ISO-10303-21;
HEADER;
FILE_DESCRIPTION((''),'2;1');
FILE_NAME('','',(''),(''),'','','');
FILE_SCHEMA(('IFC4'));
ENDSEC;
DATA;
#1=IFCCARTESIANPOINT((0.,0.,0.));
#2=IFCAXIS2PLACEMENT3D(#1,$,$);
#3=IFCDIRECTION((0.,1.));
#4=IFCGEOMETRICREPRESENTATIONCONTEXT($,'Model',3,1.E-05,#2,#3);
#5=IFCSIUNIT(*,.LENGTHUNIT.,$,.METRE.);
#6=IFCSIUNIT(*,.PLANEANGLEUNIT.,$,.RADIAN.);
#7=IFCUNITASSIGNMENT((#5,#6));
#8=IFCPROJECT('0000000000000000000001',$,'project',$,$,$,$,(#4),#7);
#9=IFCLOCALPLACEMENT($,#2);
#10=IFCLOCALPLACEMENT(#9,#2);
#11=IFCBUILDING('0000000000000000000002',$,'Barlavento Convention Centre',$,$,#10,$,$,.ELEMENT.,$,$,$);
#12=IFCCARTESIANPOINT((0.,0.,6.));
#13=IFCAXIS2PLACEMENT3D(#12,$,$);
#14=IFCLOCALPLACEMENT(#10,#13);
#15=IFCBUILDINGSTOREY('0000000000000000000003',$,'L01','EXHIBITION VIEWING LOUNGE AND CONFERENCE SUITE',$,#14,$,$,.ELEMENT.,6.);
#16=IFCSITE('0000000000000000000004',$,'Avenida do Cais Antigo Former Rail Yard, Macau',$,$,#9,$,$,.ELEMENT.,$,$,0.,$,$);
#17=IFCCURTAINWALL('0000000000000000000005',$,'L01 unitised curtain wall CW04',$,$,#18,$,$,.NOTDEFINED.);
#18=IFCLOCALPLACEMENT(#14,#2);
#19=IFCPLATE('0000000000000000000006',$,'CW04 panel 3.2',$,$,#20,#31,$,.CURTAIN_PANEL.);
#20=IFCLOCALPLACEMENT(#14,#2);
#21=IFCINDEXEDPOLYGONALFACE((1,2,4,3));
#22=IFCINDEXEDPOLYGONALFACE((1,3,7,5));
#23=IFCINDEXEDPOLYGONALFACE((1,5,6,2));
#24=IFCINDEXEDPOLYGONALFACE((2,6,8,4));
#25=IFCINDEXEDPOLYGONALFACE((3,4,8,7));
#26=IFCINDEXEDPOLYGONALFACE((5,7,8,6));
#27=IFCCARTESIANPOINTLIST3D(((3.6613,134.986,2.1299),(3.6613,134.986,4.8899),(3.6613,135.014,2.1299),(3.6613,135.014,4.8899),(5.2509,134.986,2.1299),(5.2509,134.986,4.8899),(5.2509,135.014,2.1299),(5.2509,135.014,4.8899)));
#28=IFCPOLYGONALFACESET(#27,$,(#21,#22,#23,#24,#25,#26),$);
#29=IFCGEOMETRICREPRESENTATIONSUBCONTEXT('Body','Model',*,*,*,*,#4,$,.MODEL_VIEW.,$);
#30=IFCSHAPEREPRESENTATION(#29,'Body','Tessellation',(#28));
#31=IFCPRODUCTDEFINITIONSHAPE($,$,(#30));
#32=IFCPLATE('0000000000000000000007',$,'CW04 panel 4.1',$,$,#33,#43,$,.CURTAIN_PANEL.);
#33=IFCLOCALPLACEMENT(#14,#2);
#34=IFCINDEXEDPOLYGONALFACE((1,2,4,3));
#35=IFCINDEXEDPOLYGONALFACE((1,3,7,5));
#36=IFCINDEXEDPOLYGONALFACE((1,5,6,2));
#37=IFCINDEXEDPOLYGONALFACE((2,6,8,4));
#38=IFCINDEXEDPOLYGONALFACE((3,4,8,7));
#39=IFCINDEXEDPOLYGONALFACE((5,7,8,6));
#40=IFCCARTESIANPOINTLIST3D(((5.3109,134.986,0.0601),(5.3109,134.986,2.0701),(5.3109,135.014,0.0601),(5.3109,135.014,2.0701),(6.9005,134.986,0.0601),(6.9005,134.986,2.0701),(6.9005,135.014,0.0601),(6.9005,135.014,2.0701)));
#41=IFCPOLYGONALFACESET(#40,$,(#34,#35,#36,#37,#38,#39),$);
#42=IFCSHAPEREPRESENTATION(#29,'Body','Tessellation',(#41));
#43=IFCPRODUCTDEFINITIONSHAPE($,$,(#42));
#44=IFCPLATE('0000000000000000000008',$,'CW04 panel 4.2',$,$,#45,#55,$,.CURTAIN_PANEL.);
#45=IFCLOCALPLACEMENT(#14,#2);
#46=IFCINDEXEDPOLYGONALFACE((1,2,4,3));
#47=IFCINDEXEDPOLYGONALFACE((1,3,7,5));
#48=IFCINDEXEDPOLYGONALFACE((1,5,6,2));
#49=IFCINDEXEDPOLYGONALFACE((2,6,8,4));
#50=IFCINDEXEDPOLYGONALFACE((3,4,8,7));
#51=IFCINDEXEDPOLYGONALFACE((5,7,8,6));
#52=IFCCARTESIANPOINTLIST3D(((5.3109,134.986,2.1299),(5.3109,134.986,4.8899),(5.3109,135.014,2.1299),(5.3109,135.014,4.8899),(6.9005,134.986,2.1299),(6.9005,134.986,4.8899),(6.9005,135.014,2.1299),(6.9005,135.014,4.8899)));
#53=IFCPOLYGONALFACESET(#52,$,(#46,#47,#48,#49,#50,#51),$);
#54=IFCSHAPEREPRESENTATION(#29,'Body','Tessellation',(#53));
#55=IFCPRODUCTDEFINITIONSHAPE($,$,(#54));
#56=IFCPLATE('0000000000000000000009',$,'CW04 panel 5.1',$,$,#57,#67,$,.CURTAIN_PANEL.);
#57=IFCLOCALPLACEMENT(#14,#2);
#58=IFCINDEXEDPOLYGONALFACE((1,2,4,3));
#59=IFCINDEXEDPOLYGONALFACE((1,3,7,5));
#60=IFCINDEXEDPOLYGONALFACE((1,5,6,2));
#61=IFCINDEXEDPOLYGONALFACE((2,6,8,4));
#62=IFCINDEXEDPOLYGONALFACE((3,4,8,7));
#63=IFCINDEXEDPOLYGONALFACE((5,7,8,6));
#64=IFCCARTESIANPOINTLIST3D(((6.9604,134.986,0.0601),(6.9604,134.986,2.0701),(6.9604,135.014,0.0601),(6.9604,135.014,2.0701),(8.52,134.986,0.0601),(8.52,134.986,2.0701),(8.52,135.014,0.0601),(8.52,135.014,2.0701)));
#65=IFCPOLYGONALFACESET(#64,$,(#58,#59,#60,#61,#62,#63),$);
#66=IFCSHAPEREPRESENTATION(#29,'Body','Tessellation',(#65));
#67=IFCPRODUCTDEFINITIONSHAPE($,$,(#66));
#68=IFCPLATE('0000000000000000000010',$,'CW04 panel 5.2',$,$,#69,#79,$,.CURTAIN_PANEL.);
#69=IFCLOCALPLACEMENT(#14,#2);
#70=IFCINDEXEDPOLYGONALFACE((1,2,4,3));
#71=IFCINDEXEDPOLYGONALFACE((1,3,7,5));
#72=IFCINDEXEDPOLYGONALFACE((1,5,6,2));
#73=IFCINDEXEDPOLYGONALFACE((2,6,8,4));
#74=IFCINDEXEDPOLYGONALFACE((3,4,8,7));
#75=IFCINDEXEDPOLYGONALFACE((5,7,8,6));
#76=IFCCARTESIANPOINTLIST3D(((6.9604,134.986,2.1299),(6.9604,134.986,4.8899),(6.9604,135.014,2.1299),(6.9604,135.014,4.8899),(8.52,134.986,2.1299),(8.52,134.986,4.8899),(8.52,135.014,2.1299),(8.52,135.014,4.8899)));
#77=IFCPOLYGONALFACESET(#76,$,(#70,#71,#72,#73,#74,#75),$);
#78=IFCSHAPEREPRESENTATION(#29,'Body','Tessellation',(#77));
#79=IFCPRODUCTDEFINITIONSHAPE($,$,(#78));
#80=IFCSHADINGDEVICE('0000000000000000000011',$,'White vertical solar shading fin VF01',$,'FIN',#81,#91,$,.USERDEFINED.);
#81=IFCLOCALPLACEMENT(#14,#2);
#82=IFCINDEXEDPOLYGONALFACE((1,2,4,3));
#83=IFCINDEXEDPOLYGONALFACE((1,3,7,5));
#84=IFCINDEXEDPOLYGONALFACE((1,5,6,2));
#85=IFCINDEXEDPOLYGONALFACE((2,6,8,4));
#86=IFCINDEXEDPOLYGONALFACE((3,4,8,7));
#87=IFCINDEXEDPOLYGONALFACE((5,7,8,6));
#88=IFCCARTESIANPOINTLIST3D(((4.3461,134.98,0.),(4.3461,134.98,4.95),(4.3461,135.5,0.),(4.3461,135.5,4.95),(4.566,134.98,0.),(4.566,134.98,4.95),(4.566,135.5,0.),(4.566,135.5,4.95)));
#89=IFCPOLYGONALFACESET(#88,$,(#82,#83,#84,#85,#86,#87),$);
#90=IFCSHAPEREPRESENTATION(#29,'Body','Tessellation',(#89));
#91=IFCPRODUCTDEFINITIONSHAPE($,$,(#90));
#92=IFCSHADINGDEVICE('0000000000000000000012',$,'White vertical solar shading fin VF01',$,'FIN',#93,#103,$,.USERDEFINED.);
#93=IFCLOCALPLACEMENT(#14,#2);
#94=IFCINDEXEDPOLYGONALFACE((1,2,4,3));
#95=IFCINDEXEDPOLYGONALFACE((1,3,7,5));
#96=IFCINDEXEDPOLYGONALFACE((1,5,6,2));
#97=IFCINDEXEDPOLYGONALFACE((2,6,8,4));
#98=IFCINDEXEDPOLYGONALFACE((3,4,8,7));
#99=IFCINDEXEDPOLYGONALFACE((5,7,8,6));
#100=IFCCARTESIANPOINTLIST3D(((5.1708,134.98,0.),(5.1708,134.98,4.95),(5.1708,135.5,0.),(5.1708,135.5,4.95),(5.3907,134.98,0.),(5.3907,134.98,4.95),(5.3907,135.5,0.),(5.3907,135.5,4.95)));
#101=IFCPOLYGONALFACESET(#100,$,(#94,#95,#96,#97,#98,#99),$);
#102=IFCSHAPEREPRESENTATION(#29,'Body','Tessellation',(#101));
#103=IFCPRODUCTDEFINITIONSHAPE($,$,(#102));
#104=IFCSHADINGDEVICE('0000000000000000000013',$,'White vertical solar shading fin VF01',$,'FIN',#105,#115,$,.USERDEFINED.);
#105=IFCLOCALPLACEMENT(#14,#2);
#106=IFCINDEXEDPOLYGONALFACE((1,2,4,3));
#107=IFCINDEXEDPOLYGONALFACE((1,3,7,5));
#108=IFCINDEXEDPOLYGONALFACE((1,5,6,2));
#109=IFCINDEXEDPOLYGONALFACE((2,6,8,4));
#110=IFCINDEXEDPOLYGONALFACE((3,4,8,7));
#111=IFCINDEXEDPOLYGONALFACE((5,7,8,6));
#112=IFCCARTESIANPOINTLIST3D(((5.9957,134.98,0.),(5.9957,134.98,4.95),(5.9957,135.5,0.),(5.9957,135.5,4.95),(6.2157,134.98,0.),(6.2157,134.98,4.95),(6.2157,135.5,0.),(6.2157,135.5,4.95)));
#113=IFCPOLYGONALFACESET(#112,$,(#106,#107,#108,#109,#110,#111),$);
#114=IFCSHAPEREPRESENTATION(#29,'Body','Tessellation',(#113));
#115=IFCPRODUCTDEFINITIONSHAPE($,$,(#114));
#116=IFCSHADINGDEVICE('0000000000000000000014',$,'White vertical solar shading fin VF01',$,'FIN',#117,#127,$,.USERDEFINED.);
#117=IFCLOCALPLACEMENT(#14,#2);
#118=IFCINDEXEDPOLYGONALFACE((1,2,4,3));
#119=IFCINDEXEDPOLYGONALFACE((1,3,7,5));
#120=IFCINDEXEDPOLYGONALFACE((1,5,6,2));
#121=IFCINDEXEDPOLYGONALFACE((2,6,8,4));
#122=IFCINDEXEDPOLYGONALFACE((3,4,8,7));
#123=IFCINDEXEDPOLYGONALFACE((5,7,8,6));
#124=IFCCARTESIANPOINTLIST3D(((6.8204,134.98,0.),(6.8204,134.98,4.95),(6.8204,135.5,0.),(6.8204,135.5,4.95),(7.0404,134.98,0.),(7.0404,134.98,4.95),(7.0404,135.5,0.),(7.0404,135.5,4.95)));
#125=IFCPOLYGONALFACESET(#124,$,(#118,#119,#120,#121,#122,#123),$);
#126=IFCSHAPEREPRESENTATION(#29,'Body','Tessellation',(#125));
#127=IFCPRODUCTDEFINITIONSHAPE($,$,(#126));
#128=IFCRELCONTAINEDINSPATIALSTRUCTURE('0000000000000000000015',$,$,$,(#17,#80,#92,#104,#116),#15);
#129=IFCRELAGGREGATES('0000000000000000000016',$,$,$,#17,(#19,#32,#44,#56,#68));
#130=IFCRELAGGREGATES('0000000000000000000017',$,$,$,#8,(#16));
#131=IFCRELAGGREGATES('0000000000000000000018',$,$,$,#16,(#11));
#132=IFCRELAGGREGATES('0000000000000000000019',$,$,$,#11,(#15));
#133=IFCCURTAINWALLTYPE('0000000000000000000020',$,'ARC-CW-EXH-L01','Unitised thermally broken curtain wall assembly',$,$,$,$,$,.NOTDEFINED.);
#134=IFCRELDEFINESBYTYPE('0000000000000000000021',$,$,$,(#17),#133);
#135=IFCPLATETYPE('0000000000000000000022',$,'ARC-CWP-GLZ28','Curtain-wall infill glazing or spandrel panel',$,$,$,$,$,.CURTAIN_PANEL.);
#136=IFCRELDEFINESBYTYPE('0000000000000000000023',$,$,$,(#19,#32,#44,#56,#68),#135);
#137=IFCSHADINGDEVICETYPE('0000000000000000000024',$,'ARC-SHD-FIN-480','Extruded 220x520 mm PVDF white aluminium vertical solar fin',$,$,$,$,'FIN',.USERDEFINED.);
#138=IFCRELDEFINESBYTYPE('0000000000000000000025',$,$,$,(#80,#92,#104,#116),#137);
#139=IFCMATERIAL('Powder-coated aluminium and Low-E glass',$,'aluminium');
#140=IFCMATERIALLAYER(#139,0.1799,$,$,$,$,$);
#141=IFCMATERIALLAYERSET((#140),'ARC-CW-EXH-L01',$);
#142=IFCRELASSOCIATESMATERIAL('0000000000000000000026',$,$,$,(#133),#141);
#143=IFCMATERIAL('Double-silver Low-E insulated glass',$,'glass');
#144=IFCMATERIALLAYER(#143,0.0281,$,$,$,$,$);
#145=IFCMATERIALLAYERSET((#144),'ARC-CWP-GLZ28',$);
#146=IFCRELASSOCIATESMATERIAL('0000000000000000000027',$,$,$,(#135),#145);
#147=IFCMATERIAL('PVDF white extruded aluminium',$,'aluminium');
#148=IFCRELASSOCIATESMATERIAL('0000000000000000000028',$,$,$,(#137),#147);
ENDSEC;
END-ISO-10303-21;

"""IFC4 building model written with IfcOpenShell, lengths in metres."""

from ifc_helpers import new_model, si_unit, direction, frame, origin, origin_2d, place, context, subcontext, project, spatial, rectangle, extrude, material, layer, layer_set, type_object, element, aggregate, save


model = new_model("IFC4")

# Units and contexts
model_context = context("Model", 3, precision=1e-05, world=origin(), true_north=direction((0.0, 1.0)))
body_context = subcontext(model_context, "Body", "Model", "MODEL_VIEW")
ifc_project = project(units=[si_unit("LENGTHUNIT", "METRE"), si_unit("PLANEANGLEUNIT", "RADIAN")], contexts=[model_context])

# Site, building, storey
site_placement = place(None, origin())
site = spatial("IfcSite", under=ifc_project, at=site_placement, Name="Avenida do Cais Antigo Former Rail Yard, Macau", CompositionType="ELEMENT", RefElevation=0.0)
building_placement = place(site_placement, origin())
building = spatial("IfcBuilding", under=site, at=building_placement, Name="Barlavento Convention Centre", CompositionType="ELEMENT")
storey_placement = place(building_placement, frame((0.0, 0.0, 6.0)))
storey = spatial("IfcBuildingStorey", under=building, at=storey_placement, Name="L01", Description="EXHIBITION VIEWING LOUNGE AND CONFERENCE SUITE", CompositionType="ELEMENT", Elevation=6.0)

# Curtain wall, plates
ifc_material_1 = material(Name="Powder-coated aluminium and Low-E glass", Category="aluminium")
ifc_layer_1 = layer(ifc_material_1, 0.1799)
ifc_layer_set_1 = layer_set([ifc_layer_1], Name="ARC-CW-EXH-L01")
curtain_wall_type = type_object("IfcCurtainWallType", Name="ARC-CW-EXH-L01", Description="Unitised thermally broken curtain wall assembly", PredefinedType="NOTDEFINED", material=ifc_layer_set_1)
curtain_wall_placement = place(storey_placement, origin())
curtain_wall = element("IfcCurtainWall", 1, at=curtain_wall_placement, inside=storey, type_object=curtain_wall_type, Name="L01 unitised curtain wall CW04", PredefinedType="NOTDEFINED")
ifc_material_2 = material(Name="Double-silver Low-E insulated glass", Category="glass")
ifc_layer_2 = layer(ifc_material_2, 0.0281)
ifc_layer_set_2 = layer_set([ifc_layer_2], Name="ARC-CWP-GLZ28")
plate_type = type_object("IfcPlateType", Name="ARC-CWP-GLZ28", Description="Curtain-wall infill glazing or spandrel panel", PredefinedType="CURTAIN_PANEL", material=ifc_layer_set_2)
plate_1_placement = place(storey_placement, frame((4.4561, 135.0, 2.1299), z_axis=(0.0, 0.0, 1.0), x_axis=(1.0, 0.0, 0.0)))
plate_1 = element("IfcPlate", 2, at=plate_1_placement, type_object=plate_type, Name="CW04 panel 3.2", PredefinedType="CURTAIN_PANEL", context=body_context, shape_type="SweptSolid", body=[
    extrude(rectangle(XDim=1.5896, YDim=0.0281, at=origin_2d()), origin(), (0.0, 0.0, 1.0), 2.76),
])
plate_2_placement = place(storey_placement, frame((6.1057, 135.0, 0.0601), z_axis=(0.0, 0.0, 1.0), x_axis=(1.0, 0.0, 0.0)))
plate_2 = element("IfcPlate", 3, at=plate_2_placement, type_object=plate_type, Name="CW04 panel 4.1", PredefinedType="CURTAIN_PANEL", context=body_context, shape_type="SweptSolid", body=[
    extrude(rectangle(XDim=1.5896, YDim=0.0281, at=origin_2d()), origin(), (0.0, 0.0, 1.0), 2.01),
])
plate_3_placement = place(storey_placement, frame((6.1057, 135.0, 2.1299), z_axis=(0.0, 0.0, 1.0), x_axis=(1.0, 0.0, 0.0)))
plate_3 = element("IfcPlate", 4, at=plate_3_placement, type_object=plate_type, Name="CW04 panel 4.2", PredefinedType="CURTAIN_PANEL", context=body_context, shape_type="SweptSolid", body=[
    extrude(rectangle(XDim=1.5896, YDim=0.0281, at=origin_2d()), origin(), (0.0, 0.0, 1.0), 2.76),
])
plate_4_placement = place(storey_placement, frame((7.7402, 135.0, 0.0601), z_axis=(0.0, 0.0, 1.0), x_axis=(1.0, 0.0, 0.0)))
plate_4 = element("IfcPlate", 5, at=plate_4_placement, type_object=plate_type, Name="CW04 panel 5.1", PredefinedType="CURTAIN_PANEL", context=body_context, shape_type="SweptSolid", body=[
    extrude(rectangle(XDim=1.5596, YDim=0.0281, at=origin_2d()), origin(), (0.0, 0.0, 1.0), 2.01),
])
plate_5_placement = place(storey_placement, frame((7.7402, 135.0, 2.1299), z_axis=(0.0, 0.0, 1.0), x_axis=(1.0, 0.0, 0.0)))
plate_5 = element("IfcPlate", 6, at=plate_5_placement, type_object=plate_type, Name="CW04 panel 5.2", PredefinedType="CURTAIN_PANEL", context=body_context, shape_type="SweptSolid", body=[
    extrude(rectangle(XDim=1.5596, YDim=0.0281, at=origin_2d()), origin(), (0.0, 0.0, 1.0), 2.76),
])
aggregate(curtain_wall, [plate_1, plate_2, plate_3, plate_4, plate_5])

# Shading devices
ifc_material_3 = material(Name="PVDF white extruded aluminium", Category="aluminium")
shading_device_type = type_object("IfcShadingDeviceType", Name="ARC-SHD-FIN-480", Description="Extruded 220x520 mm PVDF white aluminium vertical solar fin", ElementType="FIN", PredefinedType="USERDEFINED", material=ifc_material_3)
for number, where, z_axis, x_axis, name in (
    (7, (4.4561, 135.24, 0.0), (0.0, 0.0, 1.0), (1.0, 0.0, 0.0), "White vertical solar shading fin VF01"),
    (8, (5.2808, 135.24, 0.0), (0.0, 0.0, 1.0), (1.0, 0.0, 0.0), "White vertical solar shading fin VF01"),
    (9, (6.1057, 135.24, 0.0), (0.0, 0.0, 1.0), (1.0, 0.0, 0.0), "White vertical solar shading fin VF01"),
    (10, (6.9304, 135.24, 0.0), (0.0, 0.0, 1.0), (1.0, 0.0, 0.0), "White vertical solar shading fin VF01"),
):
    element("IfcShadingDevice", number, at=place(storey_placement, frame(where, z_axis=z_axis, x_axis=x_axis)), inside=storey, type_object=shading_device_type, Name=name, ObjectType="FIN", PredefinedType="USERDEFINED", context=body_context, shape_type="SweptSolid", body=[
        extrude(rectangle(XDim=0.22, YDim=0.52, at=origin_2d()), origin(), (0.0, 0.0, 1.0), 4.95),
    ])

save(model, "model.ifc")
